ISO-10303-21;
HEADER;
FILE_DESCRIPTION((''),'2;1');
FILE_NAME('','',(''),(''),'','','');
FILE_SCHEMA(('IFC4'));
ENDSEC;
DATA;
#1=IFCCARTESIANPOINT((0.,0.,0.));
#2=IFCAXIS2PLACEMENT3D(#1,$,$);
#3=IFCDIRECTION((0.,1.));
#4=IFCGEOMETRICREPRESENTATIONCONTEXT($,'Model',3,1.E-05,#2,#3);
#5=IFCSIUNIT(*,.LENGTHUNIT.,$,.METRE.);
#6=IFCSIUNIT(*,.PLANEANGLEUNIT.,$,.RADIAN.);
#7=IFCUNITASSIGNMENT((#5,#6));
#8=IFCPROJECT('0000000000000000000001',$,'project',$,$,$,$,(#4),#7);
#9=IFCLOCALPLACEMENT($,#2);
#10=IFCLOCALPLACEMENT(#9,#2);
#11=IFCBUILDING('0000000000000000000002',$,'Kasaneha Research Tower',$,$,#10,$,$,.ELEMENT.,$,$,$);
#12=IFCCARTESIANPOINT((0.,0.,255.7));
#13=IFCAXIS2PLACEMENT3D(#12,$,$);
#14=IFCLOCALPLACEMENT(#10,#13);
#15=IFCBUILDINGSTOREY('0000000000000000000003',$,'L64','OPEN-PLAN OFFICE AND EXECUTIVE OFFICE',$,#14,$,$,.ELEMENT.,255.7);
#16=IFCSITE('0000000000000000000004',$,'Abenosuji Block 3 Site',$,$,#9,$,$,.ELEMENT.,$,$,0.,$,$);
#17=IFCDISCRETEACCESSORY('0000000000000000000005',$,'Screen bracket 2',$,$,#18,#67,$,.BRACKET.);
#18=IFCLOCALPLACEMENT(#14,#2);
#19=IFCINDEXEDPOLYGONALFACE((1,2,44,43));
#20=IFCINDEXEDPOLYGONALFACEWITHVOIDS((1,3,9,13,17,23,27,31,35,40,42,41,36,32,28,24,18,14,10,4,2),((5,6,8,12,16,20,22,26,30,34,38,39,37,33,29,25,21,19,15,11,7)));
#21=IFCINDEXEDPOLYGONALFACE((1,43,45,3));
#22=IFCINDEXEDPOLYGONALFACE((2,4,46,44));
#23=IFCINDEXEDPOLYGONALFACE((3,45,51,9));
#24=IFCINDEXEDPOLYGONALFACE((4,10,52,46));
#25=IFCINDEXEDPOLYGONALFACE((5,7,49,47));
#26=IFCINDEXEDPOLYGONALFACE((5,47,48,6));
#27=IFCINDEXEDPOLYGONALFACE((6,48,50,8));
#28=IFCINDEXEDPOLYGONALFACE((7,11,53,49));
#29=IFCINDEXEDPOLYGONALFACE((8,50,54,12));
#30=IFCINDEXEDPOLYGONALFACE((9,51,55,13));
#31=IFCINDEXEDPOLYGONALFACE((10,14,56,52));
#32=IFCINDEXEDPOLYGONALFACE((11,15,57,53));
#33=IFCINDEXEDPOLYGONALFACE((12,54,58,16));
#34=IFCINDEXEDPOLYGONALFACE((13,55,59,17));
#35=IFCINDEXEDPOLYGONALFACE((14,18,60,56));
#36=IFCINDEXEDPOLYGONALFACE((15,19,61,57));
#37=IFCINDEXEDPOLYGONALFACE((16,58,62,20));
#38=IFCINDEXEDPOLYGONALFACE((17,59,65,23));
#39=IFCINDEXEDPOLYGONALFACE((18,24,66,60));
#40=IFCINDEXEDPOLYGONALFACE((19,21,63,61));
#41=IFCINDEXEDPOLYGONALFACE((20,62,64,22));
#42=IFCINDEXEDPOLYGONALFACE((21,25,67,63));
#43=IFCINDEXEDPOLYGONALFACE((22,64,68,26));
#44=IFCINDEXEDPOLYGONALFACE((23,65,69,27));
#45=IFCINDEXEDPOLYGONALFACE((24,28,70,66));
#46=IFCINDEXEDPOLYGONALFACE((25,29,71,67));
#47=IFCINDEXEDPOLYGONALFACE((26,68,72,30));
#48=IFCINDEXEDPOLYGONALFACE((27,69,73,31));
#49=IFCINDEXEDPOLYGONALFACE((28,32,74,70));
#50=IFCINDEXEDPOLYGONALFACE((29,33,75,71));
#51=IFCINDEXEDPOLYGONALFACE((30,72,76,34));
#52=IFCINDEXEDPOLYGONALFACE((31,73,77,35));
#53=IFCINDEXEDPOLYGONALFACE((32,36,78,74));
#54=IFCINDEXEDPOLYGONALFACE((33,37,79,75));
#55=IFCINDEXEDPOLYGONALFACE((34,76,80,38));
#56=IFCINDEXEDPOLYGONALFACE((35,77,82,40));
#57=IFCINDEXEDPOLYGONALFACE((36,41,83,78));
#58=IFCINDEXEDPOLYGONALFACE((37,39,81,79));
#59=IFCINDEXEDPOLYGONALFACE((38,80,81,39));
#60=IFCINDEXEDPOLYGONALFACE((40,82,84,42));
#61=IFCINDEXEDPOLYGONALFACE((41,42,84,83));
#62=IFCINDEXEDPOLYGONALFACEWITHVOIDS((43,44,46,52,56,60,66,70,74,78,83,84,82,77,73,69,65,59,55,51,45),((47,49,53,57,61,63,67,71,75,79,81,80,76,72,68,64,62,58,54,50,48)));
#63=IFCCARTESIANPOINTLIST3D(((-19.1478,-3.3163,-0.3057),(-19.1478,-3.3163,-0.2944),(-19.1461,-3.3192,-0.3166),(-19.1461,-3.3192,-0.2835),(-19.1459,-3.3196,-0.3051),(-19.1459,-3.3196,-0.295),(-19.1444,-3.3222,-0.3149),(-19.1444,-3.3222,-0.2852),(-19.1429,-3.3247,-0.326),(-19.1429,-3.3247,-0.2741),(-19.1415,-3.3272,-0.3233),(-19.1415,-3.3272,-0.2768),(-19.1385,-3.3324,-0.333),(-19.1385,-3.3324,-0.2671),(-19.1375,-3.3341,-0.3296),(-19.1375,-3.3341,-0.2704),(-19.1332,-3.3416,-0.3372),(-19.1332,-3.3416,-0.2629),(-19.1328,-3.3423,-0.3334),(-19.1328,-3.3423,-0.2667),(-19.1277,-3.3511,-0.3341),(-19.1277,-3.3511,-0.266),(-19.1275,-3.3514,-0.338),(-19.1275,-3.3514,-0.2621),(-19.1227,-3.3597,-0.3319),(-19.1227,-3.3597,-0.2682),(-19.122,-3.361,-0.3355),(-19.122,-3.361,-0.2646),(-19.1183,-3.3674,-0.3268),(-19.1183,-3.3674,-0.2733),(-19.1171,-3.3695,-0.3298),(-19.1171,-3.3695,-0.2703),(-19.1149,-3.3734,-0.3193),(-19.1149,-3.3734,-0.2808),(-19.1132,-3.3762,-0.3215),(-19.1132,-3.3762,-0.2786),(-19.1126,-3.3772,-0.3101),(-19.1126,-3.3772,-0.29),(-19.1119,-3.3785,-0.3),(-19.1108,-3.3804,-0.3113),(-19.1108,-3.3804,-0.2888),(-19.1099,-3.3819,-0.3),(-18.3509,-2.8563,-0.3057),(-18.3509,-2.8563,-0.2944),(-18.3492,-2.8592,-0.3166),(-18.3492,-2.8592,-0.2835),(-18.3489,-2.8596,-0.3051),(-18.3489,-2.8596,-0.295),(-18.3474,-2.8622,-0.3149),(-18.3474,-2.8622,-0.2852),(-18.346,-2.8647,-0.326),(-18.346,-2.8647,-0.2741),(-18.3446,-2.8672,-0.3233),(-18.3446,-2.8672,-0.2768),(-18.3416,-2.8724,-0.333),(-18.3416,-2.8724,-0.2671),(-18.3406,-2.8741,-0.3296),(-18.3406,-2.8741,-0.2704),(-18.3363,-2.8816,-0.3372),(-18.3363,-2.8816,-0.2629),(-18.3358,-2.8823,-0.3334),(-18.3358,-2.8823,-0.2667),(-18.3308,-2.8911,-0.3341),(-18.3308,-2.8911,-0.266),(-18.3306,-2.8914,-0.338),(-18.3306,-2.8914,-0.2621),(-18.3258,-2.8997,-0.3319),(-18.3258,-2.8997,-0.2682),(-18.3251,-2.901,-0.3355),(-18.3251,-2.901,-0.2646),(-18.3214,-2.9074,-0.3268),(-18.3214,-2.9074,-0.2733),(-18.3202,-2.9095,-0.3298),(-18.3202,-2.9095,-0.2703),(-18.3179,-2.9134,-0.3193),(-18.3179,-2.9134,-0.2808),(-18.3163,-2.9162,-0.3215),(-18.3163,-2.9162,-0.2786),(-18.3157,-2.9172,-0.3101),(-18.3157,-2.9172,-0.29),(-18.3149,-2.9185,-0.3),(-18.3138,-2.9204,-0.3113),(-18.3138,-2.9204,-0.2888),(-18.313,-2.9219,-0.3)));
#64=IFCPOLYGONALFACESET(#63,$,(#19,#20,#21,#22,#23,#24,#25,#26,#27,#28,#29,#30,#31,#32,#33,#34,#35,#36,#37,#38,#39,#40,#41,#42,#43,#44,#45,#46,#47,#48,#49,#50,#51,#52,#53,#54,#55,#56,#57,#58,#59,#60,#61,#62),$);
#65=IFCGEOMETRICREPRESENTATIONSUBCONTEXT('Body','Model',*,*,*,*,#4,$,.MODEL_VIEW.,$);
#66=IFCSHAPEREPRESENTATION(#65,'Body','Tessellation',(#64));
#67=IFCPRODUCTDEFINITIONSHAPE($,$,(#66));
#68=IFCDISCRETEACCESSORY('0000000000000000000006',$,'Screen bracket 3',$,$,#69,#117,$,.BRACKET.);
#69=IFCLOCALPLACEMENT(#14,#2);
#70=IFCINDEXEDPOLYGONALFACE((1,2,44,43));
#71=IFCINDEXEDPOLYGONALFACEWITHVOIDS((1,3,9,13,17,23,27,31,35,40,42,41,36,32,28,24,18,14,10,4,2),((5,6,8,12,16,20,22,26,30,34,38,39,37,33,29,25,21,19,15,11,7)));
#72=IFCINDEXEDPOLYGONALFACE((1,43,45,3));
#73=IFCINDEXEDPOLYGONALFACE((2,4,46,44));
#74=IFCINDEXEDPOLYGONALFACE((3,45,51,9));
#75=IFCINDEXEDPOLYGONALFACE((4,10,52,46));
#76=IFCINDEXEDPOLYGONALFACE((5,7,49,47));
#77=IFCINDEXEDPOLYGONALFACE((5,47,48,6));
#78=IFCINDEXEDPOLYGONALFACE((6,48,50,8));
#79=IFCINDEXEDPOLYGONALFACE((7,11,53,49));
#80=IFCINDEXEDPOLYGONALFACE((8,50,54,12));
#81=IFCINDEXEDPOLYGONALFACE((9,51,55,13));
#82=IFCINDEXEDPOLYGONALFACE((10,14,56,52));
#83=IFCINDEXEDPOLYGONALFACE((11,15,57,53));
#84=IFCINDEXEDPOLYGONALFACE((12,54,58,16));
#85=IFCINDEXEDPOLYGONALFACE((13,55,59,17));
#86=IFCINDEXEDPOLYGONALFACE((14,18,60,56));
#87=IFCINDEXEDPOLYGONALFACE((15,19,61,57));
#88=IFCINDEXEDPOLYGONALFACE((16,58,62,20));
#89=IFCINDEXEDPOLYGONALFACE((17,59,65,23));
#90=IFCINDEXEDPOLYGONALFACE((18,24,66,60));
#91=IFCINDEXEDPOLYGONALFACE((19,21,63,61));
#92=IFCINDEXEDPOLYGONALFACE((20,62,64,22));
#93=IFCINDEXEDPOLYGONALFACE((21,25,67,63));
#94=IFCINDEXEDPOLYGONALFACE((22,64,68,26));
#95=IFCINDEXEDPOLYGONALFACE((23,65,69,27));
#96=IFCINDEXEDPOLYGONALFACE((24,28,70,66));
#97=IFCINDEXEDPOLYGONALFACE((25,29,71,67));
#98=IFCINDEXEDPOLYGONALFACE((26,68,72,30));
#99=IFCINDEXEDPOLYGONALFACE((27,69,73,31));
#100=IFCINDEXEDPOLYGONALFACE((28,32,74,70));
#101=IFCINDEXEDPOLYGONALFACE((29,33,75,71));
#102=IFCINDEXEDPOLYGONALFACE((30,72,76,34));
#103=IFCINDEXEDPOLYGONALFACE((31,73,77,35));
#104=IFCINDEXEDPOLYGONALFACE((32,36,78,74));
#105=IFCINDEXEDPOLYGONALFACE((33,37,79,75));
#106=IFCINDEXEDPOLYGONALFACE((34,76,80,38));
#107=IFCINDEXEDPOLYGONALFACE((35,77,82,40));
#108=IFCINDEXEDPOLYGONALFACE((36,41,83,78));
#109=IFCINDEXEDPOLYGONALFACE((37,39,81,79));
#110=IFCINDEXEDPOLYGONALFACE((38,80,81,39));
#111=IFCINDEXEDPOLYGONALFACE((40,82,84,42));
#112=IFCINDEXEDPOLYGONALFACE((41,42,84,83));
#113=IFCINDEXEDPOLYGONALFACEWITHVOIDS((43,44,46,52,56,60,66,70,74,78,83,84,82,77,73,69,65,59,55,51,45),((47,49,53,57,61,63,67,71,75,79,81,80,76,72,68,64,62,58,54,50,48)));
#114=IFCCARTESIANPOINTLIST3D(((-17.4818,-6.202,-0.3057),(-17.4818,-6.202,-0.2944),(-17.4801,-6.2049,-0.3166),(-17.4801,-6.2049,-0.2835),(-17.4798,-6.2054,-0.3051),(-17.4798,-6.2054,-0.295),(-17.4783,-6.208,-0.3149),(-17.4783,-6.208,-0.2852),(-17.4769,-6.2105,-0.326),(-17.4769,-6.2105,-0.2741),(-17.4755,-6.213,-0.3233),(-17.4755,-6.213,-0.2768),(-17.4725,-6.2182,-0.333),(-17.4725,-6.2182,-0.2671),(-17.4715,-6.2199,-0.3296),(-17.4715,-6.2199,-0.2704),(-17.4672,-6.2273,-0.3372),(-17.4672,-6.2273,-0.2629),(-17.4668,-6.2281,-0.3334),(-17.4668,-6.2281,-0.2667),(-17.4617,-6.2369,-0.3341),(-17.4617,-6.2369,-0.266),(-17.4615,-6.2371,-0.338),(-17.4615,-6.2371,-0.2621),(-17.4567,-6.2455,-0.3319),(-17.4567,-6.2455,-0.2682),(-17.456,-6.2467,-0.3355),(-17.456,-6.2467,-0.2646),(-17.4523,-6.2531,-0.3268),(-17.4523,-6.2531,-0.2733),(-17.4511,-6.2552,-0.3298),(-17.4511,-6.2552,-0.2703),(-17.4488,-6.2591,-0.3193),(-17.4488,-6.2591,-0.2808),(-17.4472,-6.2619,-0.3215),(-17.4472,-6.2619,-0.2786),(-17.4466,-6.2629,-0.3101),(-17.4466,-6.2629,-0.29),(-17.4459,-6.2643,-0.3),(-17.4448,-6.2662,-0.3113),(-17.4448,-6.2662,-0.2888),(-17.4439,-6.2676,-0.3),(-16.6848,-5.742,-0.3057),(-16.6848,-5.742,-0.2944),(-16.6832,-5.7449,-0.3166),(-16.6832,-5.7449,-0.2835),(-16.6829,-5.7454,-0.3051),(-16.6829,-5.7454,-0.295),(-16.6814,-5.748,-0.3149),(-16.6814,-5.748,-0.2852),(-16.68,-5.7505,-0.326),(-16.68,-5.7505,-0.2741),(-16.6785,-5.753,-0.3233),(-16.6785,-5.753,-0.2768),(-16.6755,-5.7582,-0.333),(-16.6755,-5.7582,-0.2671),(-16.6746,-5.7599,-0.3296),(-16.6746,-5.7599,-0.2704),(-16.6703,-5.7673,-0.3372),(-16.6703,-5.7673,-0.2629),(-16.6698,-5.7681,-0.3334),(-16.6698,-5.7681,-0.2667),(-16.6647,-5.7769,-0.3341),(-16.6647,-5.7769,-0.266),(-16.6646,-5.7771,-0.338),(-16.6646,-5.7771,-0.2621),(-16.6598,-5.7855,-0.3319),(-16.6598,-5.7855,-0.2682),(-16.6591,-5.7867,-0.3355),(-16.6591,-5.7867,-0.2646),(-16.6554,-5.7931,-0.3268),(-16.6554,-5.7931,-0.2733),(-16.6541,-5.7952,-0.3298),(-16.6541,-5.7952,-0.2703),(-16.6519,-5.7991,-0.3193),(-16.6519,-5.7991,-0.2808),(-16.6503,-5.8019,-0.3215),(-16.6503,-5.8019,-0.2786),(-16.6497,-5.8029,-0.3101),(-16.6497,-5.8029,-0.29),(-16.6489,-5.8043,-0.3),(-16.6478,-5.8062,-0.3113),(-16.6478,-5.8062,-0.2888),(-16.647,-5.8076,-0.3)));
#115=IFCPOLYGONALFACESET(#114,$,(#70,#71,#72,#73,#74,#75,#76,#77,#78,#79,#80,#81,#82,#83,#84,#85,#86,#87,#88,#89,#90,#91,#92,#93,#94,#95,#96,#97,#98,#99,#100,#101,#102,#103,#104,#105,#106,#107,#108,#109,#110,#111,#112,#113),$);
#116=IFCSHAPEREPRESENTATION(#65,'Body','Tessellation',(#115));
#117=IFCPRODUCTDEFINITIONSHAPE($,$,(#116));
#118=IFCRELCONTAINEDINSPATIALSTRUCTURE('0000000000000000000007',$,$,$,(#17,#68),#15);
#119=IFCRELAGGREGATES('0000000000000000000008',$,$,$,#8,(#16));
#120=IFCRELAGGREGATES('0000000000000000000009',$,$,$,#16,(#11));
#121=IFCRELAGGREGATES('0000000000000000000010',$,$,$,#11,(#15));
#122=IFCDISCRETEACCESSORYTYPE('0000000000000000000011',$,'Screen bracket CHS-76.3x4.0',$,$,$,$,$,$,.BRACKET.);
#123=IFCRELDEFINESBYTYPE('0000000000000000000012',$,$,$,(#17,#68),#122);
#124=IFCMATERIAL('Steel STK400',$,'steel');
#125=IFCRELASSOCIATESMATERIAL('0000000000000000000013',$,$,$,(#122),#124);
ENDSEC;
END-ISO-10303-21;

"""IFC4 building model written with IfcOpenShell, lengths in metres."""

from ifc_helpers import new_model, si_unit, direction, frame, origin, origin_2d, place, context, subcontext, project, spatial, hollow_circle, extrude, material, material_profile, profile_set, type_object, element, save


model = new_model("IFC4")

# Units and contexts
model_context = context("Model", 3, precision=1e-05, world=origin(), true_north=direction((0.0, 1.0)))
body_context = subcontext(model_context, "Body", "Model", "MODEL_VIEW")
ifc_project = project(units=[si_unit("LENGTHUNIT", "METRE"), si_unit("PLANEANGLEUNIT", "RADIAN")], contexts=[model_context])

# Site, building, storey
site_placement = place(None, origin())
site = spatial("IfcSite", under=ifc_project, at=site_placement, Name="Abenosuji Block 3 Site", CompositionType="ELEMENT", RefElevation=0.0)
building_placement = place(site_placement, origin())
building = spatial("IfcBuilding", under=site, at=building_placement, Name="Kasaneha Research Tower", CompositionType="ELEMENT")
storey_placement = place(building_placement, frame((0.0, 0.0, 255.7)))
storey = spatial("IfcBuildingStorey", under=building, at=storey_placement, Name="L64", Description="OPEN-PLAN OFFICE AND EXECUTIVE OFFICE", CompositionType="ELEMENT", Elevation=255.7)

# Discrete accessories
ifc_material_1 = material(Name="Steel STK400", Category="steel")
ifc_material_profile_1 = material_profile(ifc_material_1, hollow_circle(Radius=0.0381, WallThickness=0.0039, at=origin_2d()), Name="CHS-76.3x4.0")
ifc_profile_set_1 = profile_set([ifc_material_profile_1], Name="Steel STK400")
discrete_accessory_type = type_object("IfcDiscreteAccessoryType", Name="Screen bracket CHS-76.3x4.0", PredefinedType="BRACKET", material=ifc_profile_set_1)
for number, where, z_axis, x_axis, name in (
    (1, (-18.332, -2.8889, -0.3), (-0.86608, -0.499906, 0.0), (0.499906, -0.86608, 0.0), "Screen bracket 2"),
    (2, (-16.666, -5.7747, -0.3), (-0.86608, -0.499906, 0.0), (0.499906, -0.86608, 0.0), "Screen bracket 3"),
):
    element("IfcDiscreteAccessory", number, at=place(storey_placement, frame(where, z_axis=z_axis, x_axis=x_axis)), inside=storey, type_object=discrete_accessory_type, Name=name, PredefinedType="BRACKET", context=body_context, shape_type="SweptSolid", body=[
        extrude(hollow_circle(Radius=0.0381, WallThickness=0.0039, at=origin_2d()), origin(), (0.0, 0.0, 1.0), 0.9202),
    ])

save(model, "model.ifc")
